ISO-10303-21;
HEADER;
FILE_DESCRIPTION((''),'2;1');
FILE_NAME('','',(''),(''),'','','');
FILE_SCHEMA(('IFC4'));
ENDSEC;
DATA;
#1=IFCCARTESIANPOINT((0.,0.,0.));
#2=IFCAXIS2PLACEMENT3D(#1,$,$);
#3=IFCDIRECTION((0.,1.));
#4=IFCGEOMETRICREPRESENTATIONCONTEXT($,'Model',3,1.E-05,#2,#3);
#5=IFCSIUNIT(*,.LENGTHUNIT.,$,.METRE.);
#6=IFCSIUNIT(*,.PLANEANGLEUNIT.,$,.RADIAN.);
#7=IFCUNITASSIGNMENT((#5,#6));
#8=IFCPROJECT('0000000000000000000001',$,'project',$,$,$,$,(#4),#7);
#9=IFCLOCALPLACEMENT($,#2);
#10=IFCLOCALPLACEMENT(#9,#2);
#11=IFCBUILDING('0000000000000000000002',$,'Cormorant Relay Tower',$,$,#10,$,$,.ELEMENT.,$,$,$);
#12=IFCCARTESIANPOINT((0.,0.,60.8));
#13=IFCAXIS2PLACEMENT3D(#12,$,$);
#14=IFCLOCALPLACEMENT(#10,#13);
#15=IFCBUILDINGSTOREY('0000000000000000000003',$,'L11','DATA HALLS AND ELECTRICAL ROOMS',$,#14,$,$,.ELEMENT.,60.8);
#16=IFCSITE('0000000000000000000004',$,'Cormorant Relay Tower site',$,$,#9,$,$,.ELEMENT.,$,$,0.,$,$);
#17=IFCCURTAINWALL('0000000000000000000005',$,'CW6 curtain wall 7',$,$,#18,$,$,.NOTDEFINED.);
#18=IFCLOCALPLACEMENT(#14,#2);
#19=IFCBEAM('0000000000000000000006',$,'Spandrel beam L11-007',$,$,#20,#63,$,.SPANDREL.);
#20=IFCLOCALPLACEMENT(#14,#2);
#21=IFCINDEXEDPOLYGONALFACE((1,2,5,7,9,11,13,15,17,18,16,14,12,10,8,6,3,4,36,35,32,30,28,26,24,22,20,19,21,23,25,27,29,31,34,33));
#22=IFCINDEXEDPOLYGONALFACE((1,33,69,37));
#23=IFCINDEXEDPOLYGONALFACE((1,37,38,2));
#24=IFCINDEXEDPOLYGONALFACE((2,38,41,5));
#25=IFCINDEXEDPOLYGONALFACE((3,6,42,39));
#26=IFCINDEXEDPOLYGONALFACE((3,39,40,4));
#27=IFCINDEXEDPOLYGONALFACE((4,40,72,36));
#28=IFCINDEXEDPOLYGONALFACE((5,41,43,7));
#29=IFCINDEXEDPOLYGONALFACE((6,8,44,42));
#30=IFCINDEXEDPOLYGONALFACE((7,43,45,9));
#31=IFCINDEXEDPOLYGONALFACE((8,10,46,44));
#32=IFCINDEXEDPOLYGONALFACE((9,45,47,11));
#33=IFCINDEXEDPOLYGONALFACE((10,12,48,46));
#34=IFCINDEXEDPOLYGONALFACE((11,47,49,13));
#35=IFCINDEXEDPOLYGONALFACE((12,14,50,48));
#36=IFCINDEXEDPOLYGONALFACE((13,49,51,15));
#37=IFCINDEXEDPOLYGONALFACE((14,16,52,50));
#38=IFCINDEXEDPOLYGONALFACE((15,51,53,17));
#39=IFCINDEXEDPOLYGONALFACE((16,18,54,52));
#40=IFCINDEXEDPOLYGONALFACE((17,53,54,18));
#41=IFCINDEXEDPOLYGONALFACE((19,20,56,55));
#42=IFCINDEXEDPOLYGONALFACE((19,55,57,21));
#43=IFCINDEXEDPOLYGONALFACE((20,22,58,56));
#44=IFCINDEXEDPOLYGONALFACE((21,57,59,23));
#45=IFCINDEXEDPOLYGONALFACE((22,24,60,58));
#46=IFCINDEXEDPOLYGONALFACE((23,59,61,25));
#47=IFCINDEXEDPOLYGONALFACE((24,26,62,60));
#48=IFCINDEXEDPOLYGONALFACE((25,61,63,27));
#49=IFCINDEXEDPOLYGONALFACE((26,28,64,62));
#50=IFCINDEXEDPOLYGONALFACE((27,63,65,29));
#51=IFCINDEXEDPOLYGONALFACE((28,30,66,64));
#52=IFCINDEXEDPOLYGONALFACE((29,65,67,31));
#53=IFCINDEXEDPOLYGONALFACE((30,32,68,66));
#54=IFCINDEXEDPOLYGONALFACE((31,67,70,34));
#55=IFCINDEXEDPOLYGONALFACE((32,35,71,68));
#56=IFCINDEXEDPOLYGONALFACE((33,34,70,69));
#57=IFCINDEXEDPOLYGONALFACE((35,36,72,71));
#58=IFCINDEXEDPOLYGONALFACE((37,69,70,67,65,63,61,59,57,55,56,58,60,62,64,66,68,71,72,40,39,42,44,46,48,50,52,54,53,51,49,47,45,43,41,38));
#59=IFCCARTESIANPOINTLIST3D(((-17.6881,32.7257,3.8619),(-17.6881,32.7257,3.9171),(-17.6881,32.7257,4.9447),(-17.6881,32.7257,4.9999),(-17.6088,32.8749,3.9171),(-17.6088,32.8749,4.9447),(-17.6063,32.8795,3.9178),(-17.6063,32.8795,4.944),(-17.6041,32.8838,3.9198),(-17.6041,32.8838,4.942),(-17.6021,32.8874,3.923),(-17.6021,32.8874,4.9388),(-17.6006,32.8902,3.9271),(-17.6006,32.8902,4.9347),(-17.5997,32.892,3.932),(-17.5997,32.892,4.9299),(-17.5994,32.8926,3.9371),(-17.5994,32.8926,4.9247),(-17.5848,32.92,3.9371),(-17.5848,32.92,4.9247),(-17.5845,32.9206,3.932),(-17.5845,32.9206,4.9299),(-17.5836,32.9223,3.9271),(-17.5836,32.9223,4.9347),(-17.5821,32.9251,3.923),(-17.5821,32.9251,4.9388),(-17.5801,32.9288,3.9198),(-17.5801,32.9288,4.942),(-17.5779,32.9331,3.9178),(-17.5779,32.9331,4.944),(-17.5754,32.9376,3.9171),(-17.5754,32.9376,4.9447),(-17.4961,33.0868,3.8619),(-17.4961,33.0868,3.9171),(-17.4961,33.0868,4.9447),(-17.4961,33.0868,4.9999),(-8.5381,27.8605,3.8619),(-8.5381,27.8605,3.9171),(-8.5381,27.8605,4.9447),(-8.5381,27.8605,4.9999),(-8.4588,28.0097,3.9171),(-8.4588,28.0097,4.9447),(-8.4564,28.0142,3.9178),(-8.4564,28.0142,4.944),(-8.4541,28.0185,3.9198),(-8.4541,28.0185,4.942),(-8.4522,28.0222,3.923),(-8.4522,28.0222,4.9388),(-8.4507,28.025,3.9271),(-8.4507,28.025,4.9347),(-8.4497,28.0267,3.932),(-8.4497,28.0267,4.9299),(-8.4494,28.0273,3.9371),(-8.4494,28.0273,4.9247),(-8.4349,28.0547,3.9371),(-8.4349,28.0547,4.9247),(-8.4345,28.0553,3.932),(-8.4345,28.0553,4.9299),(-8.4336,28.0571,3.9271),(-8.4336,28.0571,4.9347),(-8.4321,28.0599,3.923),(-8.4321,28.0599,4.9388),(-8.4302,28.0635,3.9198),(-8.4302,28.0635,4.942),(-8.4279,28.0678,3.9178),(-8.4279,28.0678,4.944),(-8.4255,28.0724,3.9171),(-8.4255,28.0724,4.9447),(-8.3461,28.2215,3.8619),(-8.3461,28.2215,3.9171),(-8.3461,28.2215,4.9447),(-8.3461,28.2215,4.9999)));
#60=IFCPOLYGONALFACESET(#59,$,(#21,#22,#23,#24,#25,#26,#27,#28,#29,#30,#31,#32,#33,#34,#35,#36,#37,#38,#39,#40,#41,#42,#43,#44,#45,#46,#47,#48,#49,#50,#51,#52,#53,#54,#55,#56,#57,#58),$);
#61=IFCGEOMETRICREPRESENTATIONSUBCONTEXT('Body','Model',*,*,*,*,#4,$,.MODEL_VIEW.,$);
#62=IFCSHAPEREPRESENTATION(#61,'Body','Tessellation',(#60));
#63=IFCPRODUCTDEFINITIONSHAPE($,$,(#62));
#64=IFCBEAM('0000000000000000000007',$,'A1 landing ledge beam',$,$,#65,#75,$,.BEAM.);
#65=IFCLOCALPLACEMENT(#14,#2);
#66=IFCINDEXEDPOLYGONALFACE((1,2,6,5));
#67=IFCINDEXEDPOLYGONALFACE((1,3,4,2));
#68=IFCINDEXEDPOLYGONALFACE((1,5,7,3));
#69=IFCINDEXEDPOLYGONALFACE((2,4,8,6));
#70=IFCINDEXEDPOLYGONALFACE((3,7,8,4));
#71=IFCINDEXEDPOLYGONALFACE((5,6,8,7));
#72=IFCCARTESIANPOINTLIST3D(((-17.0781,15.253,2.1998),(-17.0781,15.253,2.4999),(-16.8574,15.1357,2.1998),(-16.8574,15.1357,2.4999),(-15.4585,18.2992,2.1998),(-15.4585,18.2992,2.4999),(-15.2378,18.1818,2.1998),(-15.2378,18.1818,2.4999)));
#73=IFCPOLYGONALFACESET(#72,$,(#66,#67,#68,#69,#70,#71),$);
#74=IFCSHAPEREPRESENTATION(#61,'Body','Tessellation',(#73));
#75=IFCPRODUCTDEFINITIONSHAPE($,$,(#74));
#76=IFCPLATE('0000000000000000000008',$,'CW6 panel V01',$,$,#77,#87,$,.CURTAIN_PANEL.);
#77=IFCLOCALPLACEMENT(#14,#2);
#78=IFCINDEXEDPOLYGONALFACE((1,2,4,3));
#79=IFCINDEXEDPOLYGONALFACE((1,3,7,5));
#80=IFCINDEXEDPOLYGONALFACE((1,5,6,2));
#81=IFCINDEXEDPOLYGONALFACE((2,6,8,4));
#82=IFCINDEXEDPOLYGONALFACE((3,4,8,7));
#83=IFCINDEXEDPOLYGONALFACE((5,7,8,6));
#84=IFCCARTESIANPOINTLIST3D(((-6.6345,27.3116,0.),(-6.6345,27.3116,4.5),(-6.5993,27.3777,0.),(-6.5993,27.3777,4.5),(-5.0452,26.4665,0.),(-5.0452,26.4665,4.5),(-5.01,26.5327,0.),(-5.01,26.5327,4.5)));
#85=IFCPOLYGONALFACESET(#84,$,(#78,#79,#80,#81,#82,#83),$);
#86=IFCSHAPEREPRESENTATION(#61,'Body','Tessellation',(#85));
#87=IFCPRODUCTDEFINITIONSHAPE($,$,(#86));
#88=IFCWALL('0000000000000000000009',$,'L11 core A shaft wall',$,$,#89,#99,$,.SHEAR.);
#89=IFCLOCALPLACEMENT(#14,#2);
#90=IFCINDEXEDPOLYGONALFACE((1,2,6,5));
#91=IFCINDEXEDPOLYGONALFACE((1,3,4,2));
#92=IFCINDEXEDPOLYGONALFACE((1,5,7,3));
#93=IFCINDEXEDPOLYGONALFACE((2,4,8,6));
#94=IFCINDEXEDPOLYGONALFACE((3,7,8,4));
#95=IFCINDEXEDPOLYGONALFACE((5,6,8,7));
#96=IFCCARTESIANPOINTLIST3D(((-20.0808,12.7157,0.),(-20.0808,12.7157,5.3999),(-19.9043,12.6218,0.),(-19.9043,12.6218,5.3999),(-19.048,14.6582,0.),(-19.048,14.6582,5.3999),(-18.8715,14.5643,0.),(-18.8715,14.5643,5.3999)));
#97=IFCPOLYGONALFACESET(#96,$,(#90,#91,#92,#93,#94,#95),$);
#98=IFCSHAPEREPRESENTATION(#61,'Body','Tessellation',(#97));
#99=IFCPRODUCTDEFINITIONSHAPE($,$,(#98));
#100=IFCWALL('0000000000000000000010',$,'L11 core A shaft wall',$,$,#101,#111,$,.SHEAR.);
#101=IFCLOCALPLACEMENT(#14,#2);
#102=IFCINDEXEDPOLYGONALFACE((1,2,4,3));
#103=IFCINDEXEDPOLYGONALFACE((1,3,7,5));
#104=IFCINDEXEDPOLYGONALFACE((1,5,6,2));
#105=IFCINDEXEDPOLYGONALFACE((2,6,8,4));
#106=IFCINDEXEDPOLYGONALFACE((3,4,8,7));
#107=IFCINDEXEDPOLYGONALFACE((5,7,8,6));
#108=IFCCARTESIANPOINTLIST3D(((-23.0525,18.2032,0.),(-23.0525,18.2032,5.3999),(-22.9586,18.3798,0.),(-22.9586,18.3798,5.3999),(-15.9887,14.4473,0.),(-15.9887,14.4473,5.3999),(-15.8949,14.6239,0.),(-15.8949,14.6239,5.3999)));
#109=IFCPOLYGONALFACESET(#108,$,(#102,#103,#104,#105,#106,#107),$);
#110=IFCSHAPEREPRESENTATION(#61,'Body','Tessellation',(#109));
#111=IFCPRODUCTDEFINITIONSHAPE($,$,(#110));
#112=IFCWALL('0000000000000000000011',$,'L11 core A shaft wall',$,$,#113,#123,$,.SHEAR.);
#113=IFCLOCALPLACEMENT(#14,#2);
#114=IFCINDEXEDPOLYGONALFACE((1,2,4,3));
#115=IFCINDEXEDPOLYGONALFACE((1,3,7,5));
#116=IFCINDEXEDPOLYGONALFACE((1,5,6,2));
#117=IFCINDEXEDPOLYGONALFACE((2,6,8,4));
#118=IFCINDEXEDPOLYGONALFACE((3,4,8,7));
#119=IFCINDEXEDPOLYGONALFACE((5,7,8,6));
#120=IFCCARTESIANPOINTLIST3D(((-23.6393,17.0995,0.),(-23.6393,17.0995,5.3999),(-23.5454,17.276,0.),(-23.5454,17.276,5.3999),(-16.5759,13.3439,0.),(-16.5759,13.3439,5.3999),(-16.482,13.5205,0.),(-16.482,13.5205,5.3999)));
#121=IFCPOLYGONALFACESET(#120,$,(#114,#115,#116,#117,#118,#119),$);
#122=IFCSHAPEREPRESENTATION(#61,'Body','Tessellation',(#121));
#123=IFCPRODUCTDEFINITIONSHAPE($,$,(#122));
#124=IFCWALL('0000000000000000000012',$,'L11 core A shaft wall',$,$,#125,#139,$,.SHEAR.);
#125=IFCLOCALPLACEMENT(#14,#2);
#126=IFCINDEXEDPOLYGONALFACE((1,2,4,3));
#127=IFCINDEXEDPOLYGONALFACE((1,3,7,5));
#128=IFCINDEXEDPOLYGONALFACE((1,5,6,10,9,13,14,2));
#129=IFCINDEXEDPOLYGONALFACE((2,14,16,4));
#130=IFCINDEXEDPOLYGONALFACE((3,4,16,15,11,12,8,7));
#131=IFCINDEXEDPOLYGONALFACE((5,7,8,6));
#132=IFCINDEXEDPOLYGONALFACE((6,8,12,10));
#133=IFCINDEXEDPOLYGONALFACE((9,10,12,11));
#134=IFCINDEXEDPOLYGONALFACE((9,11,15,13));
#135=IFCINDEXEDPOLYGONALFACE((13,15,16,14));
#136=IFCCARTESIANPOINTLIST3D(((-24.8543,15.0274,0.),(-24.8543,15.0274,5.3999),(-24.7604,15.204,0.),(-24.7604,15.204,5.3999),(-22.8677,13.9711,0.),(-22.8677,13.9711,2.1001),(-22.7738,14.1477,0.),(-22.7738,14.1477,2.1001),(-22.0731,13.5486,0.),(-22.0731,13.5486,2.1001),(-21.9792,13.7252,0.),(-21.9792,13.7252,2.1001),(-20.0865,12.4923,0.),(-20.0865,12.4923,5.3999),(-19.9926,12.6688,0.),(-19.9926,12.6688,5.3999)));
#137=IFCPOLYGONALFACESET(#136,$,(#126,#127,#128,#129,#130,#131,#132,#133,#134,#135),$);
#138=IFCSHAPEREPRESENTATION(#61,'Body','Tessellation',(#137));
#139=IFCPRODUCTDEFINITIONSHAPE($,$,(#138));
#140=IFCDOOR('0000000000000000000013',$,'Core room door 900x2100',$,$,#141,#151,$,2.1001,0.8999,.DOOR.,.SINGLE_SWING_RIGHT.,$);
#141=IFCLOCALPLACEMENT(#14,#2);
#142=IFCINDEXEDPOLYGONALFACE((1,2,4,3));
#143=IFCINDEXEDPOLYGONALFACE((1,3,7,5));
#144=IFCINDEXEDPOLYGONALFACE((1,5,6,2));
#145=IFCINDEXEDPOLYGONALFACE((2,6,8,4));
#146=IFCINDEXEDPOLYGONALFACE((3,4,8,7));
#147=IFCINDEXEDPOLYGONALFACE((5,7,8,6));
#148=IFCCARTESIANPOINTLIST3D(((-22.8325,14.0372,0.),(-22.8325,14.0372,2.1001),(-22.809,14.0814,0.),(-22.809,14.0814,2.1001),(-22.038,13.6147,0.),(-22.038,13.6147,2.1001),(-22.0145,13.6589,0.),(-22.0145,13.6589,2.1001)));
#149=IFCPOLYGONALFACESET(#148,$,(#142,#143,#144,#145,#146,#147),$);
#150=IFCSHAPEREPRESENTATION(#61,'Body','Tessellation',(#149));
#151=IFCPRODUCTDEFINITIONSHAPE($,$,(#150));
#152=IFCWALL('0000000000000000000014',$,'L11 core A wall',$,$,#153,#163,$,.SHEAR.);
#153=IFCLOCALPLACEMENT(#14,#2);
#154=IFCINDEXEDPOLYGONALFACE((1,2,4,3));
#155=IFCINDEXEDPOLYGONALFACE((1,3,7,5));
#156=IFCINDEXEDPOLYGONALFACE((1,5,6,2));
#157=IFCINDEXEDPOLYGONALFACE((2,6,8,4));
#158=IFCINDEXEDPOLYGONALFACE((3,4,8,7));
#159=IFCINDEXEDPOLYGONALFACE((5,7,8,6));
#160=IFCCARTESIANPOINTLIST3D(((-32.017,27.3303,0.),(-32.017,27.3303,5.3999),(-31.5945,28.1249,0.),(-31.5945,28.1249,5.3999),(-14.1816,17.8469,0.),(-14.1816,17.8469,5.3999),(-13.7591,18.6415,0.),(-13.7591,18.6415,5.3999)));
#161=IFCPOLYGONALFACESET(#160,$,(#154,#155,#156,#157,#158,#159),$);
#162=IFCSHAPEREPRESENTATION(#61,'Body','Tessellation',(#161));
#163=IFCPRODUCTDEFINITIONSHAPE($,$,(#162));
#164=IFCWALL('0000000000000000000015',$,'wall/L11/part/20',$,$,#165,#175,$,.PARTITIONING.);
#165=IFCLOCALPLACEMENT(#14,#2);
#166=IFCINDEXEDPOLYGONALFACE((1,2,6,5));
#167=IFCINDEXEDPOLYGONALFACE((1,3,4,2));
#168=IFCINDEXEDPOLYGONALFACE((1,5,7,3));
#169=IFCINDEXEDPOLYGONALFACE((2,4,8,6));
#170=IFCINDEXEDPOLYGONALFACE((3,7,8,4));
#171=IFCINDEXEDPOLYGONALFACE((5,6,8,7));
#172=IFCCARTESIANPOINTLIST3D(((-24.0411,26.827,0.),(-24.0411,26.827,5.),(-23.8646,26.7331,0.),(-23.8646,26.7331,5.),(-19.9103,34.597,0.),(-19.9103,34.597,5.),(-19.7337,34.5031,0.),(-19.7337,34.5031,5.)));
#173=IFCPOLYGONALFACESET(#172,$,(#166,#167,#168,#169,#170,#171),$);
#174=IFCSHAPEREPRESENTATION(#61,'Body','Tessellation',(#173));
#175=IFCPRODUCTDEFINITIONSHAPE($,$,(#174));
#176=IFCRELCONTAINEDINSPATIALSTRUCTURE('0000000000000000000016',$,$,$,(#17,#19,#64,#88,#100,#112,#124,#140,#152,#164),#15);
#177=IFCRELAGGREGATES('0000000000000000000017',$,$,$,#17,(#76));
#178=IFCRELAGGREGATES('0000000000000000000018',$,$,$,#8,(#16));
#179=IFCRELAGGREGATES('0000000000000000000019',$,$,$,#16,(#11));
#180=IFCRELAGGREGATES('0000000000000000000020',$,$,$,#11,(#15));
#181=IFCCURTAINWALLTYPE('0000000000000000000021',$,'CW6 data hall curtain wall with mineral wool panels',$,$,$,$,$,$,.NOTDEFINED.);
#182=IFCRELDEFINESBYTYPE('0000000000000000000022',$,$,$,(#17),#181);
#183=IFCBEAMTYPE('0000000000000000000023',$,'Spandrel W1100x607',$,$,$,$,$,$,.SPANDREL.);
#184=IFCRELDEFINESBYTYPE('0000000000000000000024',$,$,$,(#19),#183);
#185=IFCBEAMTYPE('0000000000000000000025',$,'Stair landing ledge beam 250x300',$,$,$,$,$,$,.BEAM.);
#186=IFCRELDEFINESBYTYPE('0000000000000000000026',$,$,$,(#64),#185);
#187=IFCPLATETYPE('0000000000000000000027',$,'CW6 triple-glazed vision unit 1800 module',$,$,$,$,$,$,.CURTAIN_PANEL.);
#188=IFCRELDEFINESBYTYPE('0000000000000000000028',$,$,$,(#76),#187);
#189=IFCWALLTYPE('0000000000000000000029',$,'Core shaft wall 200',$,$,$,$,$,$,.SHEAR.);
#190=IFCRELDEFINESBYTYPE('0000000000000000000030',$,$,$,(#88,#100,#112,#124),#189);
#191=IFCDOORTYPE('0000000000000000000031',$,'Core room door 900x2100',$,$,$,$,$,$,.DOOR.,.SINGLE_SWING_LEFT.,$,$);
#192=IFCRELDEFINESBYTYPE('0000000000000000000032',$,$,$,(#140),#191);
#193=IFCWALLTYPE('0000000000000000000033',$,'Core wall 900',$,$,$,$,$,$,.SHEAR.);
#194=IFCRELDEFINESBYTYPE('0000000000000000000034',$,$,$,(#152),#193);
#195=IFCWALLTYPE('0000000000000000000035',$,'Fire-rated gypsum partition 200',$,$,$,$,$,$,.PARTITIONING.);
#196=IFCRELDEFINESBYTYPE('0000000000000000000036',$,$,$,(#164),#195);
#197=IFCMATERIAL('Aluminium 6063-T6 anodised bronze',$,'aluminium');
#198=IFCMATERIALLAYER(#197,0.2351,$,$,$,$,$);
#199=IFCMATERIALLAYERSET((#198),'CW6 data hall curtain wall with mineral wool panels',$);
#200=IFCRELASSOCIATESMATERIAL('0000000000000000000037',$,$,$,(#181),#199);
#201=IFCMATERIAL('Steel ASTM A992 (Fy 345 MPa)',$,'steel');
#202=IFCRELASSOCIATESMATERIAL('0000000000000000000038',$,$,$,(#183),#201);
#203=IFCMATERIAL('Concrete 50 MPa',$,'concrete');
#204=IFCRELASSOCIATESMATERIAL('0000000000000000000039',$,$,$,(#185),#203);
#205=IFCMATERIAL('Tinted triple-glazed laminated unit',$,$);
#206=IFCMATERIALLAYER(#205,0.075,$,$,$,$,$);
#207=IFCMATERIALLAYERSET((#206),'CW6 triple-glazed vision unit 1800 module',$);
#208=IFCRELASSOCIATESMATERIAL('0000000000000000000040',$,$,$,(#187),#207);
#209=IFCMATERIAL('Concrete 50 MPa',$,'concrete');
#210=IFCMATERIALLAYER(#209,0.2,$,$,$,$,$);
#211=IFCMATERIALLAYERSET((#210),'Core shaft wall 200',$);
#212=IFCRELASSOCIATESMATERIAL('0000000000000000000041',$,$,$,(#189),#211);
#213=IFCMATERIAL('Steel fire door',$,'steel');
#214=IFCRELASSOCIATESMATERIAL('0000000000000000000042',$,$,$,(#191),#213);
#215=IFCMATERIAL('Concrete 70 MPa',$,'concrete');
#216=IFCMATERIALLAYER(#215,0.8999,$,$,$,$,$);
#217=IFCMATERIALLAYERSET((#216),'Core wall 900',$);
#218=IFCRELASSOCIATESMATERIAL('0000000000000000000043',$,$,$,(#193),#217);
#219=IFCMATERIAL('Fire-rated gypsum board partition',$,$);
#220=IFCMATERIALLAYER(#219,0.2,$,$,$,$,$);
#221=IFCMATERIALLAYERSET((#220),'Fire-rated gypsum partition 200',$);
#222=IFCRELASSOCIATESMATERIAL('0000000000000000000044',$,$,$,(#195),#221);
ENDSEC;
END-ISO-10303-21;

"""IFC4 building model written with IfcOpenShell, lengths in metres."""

from ifc_helpers import new_model, si_unit, direction, frame, frame_2d, origin, origin_2d, place, context, subcontext, project, spatial, rectangle, i_section, extrude, material, layer, layer_set, material_profile, profile_set, type_object, element, fill, aggregate, save


model = new_model("IFC4")

# Units and contexts
model_context = context("Model", 3, precision=1e-05, world=origin(), true_north=direction((0.0, 1.0)))
body_context = subcontext(model_context, "Body", "Model", "MODEL_VIEW")
ifc_project = project(units=[si_unit("LENGTHUNIT", "METRE"), si_unit("PLANEANGLEUNIT", "RADIAN")], contexts=[model_context])

# Site, building, storey
site_placement = place(None, origin())
site = spatial("IfcSite", under=ifc_project, at=site_placement, Name="Cormorant Relay Tower site", CompositionType="ELEMENT", RefElevation=0.0)
building_placement = place(site_placement, origin())
building = spatial("IfcBuilding", under=site, at=building_placement, Name="Cormorant Relay Tower", CompositionType="ELEMENT")
storey_placement = place(building_placement, frame((0.0, 0.0, 60.8)))
storey = spatial("IfcBuildingStorey", under=building, at=storey_placement, Name="L11", Description="DATA HALLS AND ELECTRICAL ROOMS", CompositionType="ELEMENT", Elevation=60.8)

# Curtain wall
ifc_material_1 = material(Name="Aluminium 6063-T6 anodised bronze", Category="aluminium")
ifc_layer_1 = layer(ifc_material_1, 0.2351)
ifc_layer_set_1 = layer_set([ifc_layer_1], Name="CW6 data hall curtain wall with mineral wool panels")
curtain_wall_type = type_object("IfcCurtainWallType", Name="CW6 data hall curtain wall with mineral wool panels", PredefinedType="NOTDEFINED", material=ifc_layer_set_1)
curtain_wall_placement = place(storey_placement, origin())
curtain_wall = element("IfcCurtainWall", 1, at=curtain_wall_placement, inside=storey, type_object=curtain_wall_type, Name="CW6 curtain wall 7", PredefinedType="NOTDEFINED")

# Beams
ifc_material_2 = material(Name="Steel ASTM A992 (Fy 345 MPa)", Category="steel")
ifc_material_profile_1 = material_profile(ifc_material_2, i_section(OverallWidth=0.4089, OverallDepth=1.1379, WebThickness=0.031, FlangeThickness=0.0552, FilletRadius=0.02, at=origin_2d()), Name="W1100x607")
ifc_profile_set_1 = profile_set([ifc_material_profile_1], Name="Steel ASTM A992 (Fy 345 MPa)")
beam_type_1 = type_object("IfcBeamType", Name="Spandrel W1100x607", PredefinedType="SPANDREL", material=ifc_profile_set_1)
beam_1_placement = place(storey_placement, frame((-8.4421, 28.041, 4.4309), z_axis=(-0.882942, 0.469482, 0.0), x_axis=(-0.469482, -0.882942, 0.0)))
element("IfcBeam", 2, at=beam_1_placement, inside=storey, type_object=beam_type_1, Name="Spandrel beam L11-007", PredefinedType="SPANDREL", context=body_context, shape_type="SweptSolid", body=[
    extrude(i_section(OverallWidth=0.4089, OverallDepth=1.1379, WebThickness=0.031, FlangeThickness=0.0552, FilletRadius=0.02, at=origin_2d()), origin(), (0.0, 0.0, 1.0), 10.363),
])
ifc_material_3 = material(Name="Concrete 50 MPa", Category="concrete")
ifc_material_profile_2 = material_profile(ifc_material_3, rectangle(XDim=0.25, YDim=0.3, at=origin_2d()), Name="RC 250x300")
ifc_profile_set_2 = profile_set([ifc_material_profile_2], Name="Concrete 50 MPa")
beam_type_2 = type_object("IfcBeamType", Name="Stair landing ledge beam 250x300", PredefinedType="BEAM", material=ifc_profile_set_2)
beam_2_placement = place(storey_placement, frame((-16.9678, 15.1943, 2.3499), z_axis=(0.469464, 0.882952, 0.0), x_axis=(-0.882952, 0.469464, 0.0)))
element("IfcBeam", 3, at=beam_2_placement, inside=storey, type_object=beam_type_2, Name="A1 landing ledge beam", PredefinedType="BEAM", context=body_context, shape_type="SweptSolid", body=[
    extrude(rectangle(XDim=0.25, YDim=0.3, at=origin_2d()), origin(), (0.0, 0.0, 1.0), 3.45),
])

# Plate
ifc_material_4 = material(Name="Tinted triple-glazed laminated unit")
ifc_layer_2 = layer(ifc_material_4, 0.075)
ifc_layer_set_2 = layer_set([ifc_layer_2], Name="CW6 triple-glazed vision unit 1800 module")
plate_type = type_object("IfcPlateType", Name="CW6 triple-glazed vision unit 1800 module", PredefinedType="CURTAIN_PANEL", material=ifc_layer_set_2)
plate_placement = place(storey_placement, frame((-5.8223, 26.9221, 0.0), z_axis=(0.0, 0.0, 1.0), x_axis=(-0.882948, 0.469472, 0.0)))
plate = element("IfcPlate", 4, at=plate_placement, type_object=plate_type, Name="CW6 panel V01", PredefinedType="CURTAIN_PANEL", context=body_context, shape_type="SweptSolid", body=[
    extrude(rectangle(XDim=1.8, YDim=0.075, at=origin_2d()), origin(), (0.0, 0.0, 1.0), 4.5),
])

# Walls
ifc_material_5 = material(Name="Concrete 50 MPa", Category="concrete")
ifc_layer_3 = layer(ifc_material_5, 0.2)
ifc_layer_set_3 = layer_set([ifc_layer_3], Name="Core shaft wall 200")
wall_type_1 = type_object("IfcWallType", Name="Core shaft wall 200", PredefinedType="SHEAR", material=ifc_layer_set_3)
wall_1_placement = place(storey_placement, frame((-18.9597, 14.6113, 0.0), z_axis=(0.0, 0.0, 1.0), x_axis=(-0.469447, -0.88296, 0.0)))
element("IfcWall", 5, at=wall_1_placement, inside=storey, type_object=wall_type_1, Name="L11 core A shaft wall", PredefinedType="SHEAR", context=body_context, shape_type="SweptSolid", body=[
    extrude(rectangle(XDim=2.2, YDim=0.2, at=frame_2d((1.1001, 0.0))), origin(), (0.0, 0.0, 1.0), 5.3999),
])
wall_2_placement = place(storey_placement, frame((-15.9419, 14.5356, 0.0), z_axis=(0.0, 0.0, 1.0), x_axis=(-0.882947, 0.469473, 0.0)))
element("IfcWall", 6, at=wall_2_placement, inside=storey, type_object=wall_type_1, Name="L11 core A shaft wall", PredefinedType="SHEAR", context=body_context, shape_type="SweptSolid", body=[
    extrude(rectangle(XDim=8.0002, YDim=0.2, at=frame_2d((4.0, 0.0))), origin(), (0.0, 0.0, 1.0), 5.3999),
])
wall_3_placement = place(storey_placement, frame((-16.5288, 13.4321, 0.0), z_axis=(0.0, 0.0, 1.0), x_axis=(-0.882953, 0.469462, 0.0)))
element("IfcWall", 7, at=wall_3_placement, inside=storey, type_object=wall_type_1, Name="L11 core A shaft wall", PredefinedType="SHEAR", context=body_context, shape_type="SweptSolid", body=[
    extrude(rectangle(XDim=7.9998, YDim=0.2, at=frame_2d((4.0, 0.0))), origin(), (0.0, 0.0, 1.0), 5.3999),
])

# Wall, opening, door
wall_4_placement = place(storey_placement, frame((-20.0396, 12.5806, 0.0), z_axis=(0.0, 0.0, 1.0), x_axis=(-0.882943, 0.46948, 0.0)))
wall_4 = element("IfcWall", 8, at=wall_4_placement, inside=storey, type_object=wall_type_1, Name="L11 core A shaft wall", PredefinedType="SHEAR", context=body_context, shape_type="SweptSolid", body=[
    extrude(rectangle(XDim=5.3999, YDim=0.2, at=frame_2d((2.7, 0.0))), origin(), (0.0, 0.0, 1.0), 5.3999),
])
opening_1_placement = place(wall_4_placement, frame((2.25, 0.0, 0.0)))
opening_1 = element("IfcOpeningElement", 9, at=opening_1_placement, cuts=wall_4, PredefinedType="OPENING", context=body_context, shape_type="SweptSolid", body=[
    extrude(rectangle(XDim=0.8999, YDim=2.1001, at=frame_2d((0.45, 1.05))), frame((0.0, 0.1099, 0.0), z_axis=(0.0, -1.0, 0.0), x_axis=(1.0, 0.0, 0.0)), (0.0, 0.0, 1.0), 0.22),
])
ifc_material_6 = material(Name="Steel fire door", Category="steel")
door_type_1 = type_object("IfcDoorType", Name="Core room door 900x2100", OperationType="SINGLE_SWING_LEFT", PredefinedType="DOOR", material=ifc_material_6)
door_1_placement = place(opening_1_placement, frame((0.8999, 0.0, 0.0), z_axis=(0.0, 0.0, 1.0), x_axis=(-1.0, 0.0, 0.0)))
door_1 = element("IfcDoor", 10, at=door_1_placement, inside=storey, type_object=door_type_1, Name="Core room door 900x2100", OperationType="SINGLE_SWING_RIGHT", OverallHeight=2.1001, OverallWidth=0.8999, PredefinedType="DOOR", context=body_context, shape_type="SweptSolid", body=[
    extrude(rectangle(XDim=0.8999, YDim=2.1001, at=frame_2d((0.45, 1.05))), frame((0.0, 0.0249, 0.0), z_axis=(0.0, -1.0, 0.0), x_axis=(1.0, 0.0, 0.0)), (0.0, 0.0, 1.0), 0.05),
])
fill(opening_1, door_1)
ifc_material_7 = material(Name="Concrete 70 MPa", Category="concrete")
ifc_layer_4 = layer(ifc_material_7, 0.8999)
ifc_layer_set_4 = layer_set([ifc_layer_4], Name="Core wall 900")
wall_type_2 = type_object("IfcWallType", Name="Core wall 900", PredefinedType="SHEAR", material=ifc_layer_set_4)

# Walls
wall_5_placement = place(storey_placement, frame((-13.9702, 18.2441, 0.0), z_axis=(0.0, 0.0, 1.0), x_axis=(-0.882945, 0.469476, 0.0)))
element("IfcWall", 11, at=wall_5_placement, inside=storey, type_object=wall_type_2, Name="L11 core A wall", PredefinedType="SHEAR", context=body_context, shape_type="SweptSolid", body=[
    extrude(rectangle(XDim=20.2, YDim=0.8999, at=frame_2d((10.1001, 0.0))), origin(), (0.0, 0.0, 1.0), 5.3999),
])
ifc_material_8 = material(Name="Fire-rated gypsum board partition")
ifc_layer_5 = layer(ifc_material_8, 0.2)
ifc_layer_set_5 = layer_set([ifc_layer_5], Name="Fire-rated gypsum partition 200")
wall_type_3 = type_object("IfcWallType", Name="Fire-rated gypsum partition 200", PredefinedType="PARTITIONING", material=ifc_layer_set_5)
wall_6_placement = place(storey_placement, frame((-19.822, 34.55, 0.0), z_axis=(0.0, 0.0, 1.0), x_axis=(-0.469424, -0.882973, 0.0)))
element("IfcWall", 12, at=wall_6_placement, inside=storey, type_object=wall_type_3, Name="wall/L11/part/20", PredefinedType="PARTITIONING", context=body_context, shape_type="SweptSolid", body=[
    extrude(rectangle(XDim=8.7998, YDim=0.2, at=frame_2d((4.3999, 0.0))), origin(), (0.0, 0.0, 1.0), 5.0),
])

aggregate(curtain_wall, [plate])

save(model, "model.ifc")
